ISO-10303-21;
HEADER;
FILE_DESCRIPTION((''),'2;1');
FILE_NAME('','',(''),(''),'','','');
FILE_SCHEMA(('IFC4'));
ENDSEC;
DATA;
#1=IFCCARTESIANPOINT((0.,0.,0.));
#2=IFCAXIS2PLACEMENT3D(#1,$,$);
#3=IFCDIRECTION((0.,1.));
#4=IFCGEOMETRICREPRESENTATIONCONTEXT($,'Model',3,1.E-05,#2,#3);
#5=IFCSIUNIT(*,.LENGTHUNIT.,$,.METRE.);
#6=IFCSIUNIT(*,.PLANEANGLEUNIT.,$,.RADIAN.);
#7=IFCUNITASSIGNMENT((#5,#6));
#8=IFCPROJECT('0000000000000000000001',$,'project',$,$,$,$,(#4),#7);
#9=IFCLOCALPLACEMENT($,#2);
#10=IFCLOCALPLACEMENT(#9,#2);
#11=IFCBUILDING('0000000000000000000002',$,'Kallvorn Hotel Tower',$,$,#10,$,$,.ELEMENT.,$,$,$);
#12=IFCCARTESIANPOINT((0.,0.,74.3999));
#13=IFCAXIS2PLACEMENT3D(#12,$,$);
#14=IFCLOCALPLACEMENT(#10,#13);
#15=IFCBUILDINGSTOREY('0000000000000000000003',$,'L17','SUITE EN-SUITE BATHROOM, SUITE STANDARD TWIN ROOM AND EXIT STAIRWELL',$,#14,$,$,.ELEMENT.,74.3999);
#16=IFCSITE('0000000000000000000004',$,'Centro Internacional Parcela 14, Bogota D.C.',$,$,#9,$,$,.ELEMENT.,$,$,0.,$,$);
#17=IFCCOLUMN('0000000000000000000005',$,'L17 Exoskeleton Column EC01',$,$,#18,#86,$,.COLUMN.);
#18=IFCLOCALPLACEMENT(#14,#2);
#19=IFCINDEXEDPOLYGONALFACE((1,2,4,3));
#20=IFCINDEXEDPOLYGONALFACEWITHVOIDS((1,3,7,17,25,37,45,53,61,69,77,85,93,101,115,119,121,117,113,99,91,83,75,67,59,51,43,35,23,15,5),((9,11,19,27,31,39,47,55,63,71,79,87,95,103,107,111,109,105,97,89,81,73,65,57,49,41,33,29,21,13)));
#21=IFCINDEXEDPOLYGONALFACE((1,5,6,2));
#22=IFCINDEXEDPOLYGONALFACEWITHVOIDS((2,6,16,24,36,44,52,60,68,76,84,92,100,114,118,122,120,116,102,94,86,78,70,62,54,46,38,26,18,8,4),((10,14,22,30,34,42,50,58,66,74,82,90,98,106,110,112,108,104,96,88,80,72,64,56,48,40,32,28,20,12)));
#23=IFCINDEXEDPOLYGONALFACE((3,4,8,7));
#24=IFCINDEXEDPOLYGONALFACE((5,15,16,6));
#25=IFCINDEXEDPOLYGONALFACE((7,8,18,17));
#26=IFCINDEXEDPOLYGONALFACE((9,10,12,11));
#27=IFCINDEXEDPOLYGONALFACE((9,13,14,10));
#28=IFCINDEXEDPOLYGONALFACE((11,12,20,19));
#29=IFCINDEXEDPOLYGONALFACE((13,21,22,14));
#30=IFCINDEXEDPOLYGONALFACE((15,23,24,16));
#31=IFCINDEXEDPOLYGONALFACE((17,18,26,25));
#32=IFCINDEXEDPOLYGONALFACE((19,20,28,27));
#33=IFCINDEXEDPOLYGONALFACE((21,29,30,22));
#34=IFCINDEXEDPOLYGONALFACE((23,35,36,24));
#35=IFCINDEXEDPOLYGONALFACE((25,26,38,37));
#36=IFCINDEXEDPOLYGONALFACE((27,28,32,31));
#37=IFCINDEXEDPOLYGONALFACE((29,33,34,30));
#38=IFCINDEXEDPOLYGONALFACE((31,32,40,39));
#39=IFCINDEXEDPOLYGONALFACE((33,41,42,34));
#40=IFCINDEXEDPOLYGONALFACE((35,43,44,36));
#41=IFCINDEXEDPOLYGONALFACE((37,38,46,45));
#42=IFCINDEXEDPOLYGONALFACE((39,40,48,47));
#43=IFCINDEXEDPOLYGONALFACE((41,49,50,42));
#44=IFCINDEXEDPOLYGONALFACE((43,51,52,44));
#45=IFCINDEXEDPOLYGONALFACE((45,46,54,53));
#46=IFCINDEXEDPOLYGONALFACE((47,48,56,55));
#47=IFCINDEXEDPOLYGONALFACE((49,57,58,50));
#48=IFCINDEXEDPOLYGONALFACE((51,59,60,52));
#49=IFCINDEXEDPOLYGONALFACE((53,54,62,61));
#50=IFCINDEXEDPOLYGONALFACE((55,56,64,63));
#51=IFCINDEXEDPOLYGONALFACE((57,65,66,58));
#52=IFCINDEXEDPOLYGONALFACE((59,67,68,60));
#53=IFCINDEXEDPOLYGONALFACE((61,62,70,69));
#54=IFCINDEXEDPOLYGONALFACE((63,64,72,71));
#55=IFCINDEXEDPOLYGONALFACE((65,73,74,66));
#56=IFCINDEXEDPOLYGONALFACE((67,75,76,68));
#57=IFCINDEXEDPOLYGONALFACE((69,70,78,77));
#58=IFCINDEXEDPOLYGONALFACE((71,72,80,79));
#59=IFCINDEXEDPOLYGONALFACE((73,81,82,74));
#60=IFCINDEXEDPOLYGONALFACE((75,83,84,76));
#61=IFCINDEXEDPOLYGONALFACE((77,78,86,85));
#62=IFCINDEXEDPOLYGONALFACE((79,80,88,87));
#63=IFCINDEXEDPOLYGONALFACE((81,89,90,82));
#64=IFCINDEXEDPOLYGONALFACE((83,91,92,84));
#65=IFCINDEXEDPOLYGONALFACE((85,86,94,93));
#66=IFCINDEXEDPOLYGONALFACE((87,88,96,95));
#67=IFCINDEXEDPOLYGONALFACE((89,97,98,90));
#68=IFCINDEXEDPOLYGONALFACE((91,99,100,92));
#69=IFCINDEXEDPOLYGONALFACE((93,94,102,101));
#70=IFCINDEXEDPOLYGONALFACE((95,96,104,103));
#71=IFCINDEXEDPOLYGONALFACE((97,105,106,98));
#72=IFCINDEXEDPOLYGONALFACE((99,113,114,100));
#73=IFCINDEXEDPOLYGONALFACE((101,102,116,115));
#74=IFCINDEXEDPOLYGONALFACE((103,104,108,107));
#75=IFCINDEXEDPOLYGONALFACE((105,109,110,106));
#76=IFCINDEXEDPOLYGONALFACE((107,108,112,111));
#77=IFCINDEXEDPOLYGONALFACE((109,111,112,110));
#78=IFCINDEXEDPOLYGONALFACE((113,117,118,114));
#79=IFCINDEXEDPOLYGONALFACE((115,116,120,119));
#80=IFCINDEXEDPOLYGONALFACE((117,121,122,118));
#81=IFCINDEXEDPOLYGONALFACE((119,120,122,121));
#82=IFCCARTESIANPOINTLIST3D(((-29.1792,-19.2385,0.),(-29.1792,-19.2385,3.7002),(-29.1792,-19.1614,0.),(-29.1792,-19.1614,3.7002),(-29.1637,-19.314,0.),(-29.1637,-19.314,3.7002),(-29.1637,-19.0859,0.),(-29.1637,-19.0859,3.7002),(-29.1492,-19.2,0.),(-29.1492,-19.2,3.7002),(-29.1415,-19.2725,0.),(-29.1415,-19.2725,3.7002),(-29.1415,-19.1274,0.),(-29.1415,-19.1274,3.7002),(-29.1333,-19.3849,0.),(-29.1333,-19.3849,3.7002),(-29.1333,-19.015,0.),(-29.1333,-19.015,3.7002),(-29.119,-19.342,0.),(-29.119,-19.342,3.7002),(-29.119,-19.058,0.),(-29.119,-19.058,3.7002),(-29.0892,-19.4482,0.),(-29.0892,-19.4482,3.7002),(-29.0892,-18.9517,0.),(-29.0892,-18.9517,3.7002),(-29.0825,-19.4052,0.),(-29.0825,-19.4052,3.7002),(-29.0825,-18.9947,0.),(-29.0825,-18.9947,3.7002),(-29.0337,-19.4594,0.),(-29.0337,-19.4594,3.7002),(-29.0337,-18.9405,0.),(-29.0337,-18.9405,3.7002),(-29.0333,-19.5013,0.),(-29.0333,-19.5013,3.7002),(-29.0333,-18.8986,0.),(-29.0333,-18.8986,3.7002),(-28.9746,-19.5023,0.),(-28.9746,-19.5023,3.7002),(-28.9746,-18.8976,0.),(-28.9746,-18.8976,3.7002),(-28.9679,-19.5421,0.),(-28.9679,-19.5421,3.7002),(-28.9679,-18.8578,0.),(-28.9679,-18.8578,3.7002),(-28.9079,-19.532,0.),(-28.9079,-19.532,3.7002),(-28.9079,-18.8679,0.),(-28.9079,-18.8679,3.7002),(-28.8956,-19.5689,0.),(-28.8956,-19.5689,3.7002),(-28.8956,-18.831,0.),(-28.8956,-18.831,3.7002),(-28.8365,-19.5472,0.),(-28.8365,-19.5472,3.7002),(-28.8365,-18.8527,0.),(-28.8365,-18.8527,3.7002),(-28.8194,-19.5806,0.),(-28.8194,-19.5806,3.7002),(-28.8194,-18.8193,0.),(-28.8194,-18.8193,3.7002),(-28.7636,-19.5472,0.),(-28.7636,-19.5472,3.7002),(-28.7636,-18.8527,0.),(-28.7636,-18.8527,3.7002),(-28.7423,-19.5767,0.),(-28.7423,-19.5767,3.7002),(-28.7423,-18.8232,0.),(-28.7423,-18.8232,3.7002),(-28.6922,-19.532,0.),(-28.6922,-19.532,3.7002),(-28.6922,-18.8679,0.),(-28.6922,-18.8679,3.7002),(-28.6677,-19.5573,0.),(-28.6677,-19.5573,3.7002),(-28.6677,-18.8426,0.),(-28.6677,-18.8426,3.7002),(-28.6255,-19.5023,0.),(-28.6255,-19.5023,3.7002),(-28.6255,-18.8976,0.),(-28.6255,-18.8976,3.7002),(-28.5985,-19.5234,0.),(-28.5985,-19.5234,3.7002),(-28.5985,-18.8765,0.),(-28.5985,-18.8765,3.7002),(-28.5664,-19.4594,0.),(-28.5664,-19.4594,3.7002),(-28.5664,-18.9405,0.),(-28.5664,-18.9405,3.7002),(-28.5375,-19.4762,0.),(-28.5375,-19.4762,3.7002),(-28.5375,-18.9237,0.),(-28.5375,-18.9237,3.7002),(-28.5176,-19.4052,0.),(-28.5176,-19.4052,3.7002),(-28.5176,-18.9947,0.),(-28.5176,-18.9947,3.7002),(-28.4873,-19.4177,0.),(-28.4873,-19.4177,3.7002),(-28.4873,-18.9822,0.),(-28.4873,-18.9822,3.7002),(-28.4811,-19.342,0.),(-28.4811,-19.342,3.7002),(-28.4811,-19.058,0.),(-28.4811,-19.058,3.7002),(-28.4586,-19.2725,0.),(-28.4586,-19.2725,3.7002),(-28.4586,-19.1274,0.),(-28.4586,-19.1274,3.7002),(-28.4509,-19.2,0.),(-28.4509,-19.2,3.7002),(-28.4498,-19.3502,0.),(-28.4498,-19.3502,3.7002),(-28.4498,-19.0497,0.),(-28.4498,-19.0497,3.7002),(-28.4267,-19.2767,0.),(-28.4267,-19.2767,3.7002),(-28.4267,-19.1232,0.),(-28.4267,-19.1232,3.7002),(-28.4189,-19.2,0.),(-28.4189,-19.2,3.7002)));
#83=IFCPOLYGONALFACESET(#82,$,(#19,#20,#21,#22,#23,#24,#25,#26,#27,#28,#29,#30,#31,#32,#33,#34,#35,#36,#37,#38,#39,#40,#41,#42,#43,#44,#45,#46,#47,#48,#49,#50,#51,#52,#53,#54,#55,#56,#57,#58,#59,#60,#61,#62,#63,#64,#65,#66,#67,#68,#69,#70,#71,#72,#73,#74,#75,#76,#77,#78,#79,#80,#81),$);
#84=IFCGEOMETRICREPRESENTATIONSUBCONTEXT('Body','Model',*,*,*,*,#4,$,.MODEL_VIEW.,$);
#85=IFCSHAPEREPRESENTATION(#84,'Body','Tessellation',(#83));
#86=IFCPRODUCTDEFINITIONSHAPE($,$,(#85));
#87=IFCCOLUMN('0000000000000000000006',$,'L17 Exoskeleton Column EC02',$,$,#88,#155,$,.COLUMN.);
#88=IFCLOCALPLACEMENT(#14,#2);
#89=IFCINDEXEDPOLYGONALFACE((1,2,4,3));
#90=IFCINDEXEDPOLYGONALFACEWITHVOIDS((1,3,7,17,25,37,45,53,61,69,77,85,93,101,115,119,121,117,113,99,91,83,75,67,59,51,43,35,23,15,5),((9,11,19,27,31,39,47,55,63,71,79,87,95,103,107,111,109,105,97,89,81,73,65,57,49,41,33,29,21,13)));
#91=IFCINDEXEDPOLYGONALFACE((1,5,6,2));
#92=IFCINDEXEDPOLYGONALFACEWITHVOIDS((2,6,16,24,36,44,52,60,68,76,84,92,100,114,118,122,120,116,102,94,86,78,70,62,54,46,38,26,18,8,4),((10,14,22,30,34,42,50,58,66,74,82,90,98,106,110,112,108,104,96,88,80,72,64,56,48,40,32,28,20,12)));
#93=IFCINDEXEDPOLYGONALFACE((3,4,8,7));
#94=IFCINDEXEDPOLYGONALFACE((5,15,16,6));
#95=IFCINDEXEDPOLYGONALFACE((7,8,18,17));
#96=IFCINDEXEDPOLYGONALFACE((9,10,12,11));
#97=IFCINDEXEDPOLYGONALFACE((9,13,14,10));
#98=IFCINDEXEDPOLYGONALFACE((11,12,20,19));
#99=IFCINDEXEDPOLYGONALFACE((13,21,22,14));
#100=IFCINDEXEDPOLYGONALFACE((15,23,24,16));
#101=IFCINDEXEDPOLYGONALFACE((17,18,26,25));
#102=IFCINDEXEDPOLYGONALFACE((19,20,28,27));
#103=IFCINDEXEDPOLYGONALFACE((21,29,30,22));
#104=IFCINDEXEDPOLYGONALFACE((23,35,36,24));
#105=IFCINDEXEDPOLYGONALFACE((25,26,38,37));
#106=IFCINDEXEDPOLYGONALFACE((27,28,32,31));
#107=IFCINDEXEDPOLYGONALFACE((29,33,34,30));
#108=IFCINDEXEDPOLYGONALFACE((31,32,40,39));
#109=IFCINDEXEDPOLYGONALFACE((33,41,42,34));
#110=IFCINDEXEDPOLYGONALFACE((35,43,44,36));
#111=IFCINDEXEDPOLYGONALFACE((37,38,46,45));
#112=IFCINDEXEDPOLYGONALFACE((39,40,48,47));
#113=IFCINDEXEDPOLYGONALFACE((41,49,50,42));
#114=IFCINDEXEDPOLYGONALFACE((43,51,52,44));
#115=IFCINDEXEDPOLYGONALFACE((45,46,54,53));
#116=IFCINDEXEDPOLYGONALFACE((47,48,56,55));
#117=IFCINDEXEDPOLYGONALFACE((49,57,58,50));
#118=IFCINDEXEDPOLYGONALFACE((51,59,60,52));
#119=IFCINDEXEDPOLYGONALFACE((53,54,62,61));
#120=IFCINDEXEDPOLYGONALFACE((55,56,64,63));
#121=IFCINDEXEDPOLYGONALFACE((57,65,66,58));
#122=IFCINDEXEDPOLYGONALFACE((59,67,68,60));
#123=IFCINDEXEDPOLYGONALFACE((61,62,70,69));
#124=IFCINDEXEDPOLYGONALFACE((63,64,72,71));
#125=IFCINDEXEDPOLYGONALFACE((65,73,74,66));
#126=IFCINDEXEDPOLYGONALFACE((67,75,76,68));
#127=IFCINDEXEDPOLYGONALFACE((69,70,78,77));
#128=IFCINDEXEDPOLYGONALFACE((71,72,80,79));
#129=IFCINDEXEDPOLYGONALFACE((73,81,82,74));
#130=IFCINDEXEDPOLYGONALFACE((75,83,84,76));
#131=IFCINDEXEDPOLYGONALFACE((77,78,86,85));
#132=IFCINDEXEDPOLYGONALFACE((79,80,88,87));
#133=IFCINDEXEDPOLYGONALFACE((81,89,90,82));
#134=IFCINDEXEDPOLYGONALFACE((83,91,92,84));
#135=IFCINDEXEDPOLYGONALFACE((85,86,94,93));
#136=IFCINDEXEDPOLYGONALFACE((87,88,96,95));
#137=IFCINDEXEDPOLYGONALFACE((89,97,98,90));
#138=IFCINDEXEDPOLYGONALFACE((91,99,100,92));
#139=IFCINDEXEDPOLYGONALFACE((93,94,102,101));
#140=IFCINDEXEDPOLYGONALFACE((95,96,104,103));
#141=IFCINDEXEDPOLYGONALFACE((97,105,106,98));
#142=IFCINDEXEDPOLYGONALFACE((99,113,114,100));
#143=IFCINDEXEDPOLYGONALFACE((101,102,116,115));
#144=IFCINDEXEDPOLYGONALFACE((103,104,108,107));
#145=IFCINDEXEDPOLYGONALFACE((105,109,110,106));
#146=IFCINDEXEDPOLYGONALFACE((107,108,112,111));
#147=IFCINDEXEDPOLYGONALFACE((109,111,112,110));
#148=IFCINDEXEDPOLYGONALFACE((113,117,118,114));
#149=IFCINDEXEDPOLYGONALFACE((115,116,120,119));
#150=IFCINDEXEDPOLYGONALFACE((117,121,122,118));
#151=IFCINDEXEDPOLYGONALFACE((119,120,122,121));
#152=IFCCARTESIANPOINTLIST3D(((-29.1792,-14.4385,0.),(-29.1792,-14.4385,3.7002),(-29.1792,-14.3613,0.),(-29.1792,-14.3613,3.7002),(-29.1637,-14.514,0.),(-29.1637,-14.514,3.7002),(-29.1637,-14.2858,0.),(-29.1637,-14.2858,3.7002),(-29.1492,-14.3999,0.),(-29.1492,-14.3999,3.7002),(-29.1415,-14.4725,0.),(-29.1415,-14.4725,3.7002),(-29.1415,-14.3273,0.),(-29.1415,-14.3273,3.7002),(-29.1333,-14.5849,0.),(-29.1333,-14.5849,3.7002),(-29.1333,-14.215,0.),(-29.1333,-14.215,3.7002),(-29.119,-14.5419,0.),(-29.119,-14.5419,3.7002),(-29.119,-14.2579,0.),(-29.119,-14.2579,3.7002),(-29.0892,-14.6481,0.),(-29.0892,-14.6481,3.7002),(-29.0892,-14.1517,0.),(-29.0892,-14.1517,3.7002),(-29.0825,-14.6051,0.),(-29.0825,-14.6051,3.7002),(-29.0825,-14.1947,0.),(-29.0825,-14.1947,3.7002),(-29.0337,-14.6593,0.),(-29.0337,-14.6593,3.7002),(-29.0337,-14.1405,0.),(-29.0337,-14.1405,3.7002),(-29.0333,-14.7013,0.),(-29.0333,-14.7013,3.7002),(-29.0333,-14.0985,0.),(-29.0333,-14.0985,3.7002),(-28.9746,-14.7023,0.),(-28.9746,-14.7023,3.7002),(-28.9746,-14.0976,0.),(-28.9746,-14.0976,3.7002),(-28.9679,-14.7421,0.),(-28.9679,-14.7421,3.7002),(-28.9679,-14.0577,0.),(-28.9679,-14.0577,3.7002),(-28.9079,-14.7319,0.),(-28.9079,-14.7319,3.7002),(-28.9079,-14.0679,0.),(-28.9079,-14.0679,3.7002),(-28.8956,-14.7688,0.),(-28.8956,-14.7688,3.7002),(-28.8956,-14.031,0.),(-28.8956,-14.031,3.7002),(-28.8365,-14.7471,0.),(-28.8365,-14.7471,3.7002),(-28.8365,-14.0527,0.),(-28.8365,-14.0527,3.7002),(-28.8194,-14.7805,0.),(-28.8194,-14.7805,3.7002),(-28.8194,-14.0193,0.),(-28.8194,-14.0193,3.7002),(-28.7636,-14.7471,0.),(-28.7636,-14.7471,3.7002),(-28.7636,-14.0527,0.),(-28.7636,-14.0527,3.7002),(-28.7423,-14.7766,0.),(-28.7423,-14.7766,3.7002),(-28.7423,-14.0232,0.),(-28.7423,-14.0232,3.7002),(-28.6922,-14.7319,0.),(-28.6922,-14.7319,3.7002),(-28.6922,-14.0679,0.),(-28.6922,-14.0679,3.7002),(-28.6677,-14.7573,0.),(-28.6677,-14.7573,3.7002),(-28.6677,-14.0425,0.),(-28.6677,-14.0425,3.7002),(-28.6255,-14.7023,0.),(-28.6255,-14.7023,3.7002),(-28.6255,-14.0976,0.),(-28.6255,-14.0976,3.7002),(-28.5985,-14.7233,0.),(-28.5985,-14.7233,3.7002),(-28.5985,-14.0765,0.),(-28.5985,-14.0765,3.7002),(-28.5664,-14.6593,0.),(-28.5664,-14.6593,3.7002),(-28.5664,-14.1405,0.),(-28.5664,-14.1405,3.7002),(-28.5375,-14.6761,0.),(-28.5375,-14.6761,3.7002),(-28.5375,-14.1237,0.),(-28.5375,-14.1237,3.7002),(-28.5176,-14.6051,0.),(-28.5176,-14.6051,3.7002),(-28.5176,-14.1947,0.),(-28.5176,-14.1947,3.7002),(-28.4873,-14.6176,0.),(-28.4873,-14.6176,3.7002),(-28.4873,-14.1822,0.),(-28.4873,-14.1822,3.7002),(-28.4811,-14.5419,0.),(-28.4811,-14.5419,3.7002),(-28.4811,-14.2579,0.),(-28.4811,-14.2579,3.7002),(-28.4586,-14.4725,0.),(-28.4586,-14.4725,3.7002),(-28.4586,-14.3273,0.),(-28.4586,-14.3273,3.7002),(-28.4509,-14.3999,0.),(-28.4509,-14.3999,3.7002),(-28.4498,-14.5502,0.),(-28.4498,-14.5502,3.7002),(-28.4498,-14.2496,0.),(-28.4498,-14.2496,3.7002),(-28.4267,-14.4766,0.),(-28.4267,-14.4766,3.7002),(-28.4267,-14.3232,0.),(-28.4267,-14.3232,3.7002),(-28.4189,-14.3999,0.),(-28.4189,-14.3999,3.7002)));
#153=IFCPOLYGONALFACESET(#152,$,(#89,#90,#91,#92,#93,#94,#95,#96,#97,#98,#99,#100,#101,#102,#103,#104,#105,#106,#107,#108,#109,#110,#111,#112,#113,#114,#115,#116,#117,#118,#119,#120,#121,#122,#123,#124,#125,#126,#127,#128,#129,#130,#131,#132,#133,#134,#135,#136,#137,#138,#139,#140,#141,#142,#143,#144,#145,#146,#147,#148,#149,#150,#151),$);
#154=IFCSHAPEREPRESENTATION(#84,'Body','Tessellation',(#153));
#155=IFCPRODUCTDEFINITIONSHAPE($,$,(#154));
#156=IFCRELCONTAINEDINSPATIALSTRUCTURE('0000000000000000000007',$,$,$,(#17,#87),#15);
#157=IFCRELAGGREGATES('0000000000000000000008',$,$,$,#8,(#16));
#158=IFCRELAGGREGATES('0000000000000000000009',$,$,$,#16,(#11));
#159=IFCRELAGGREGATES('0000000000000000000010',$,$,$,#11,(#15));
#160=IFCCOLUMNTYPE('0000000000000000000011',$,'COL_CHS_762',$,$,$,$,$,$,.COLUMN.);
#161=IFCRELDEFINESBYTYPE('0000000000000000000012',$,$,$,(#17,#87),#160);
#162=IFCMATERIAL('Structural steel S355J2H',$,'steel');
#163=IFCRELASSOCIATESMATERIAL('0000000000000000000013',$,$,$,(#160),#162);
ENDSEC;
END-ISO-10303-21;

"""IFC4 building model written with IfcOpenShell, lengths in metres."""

from ifc_helpers import new_model, si_unit, direction, frame, origin, origin_2d, place, context, subcontext, project, spatial, hollow_circle, extrude, material, material_profile, profile_set, type_object, element, save


model = new_model("IFC4")

# Units and contexts
model_context = context("Model", 3, precision=1e-05, world=origin(), true_north=direction((0.0, 1.0)))
body_context = subcontext(model_context, "Body", "Model", "MODEL_VIEW")
ifc_project = project(units=[si_unit("LENGTHUNIT", "METRE"), si_unit("PLANEANGLEUNIT", "RADIAN")], contexts=[model_context])

# Site, building, storey
site_placement = place(None, origin())
site = spatial("IfcSite", under=ifc_project, at=site_placement, Name="Centro Internacional Parcela 14, Bogota D.C.", CompositionType="ELEMENT", RefElevation=0.0)
building_placement = place(site_placement, origin())
building = spatial("IfcBuilding", under=site, at=building_placement, Name="Kallvorn Hotel Tower", CompositionType="ELEMENT")
storey_placement = place(building_placement, frame((0.0, 0.0, 74.3999)))
storey = spatial("IfcBuildingStorey", under=building, at=storey_placement, Name="L17", Description="SUITE EN-SUITE BATHROOM, SUITE STANDARD TWIN ROOM AND EXIT STAIRWELL", CompositionType="ELEMENT", Elevation=74.3999)

# Columns
ifc_material_1 = material(Name="Structural steel S355J2H", Category="steel")
ifc_material_profile_1 = material_profile(ifc_material_1, hollow_circle(Radius=0.3811, WallThickness=0.032, at=origin_2d()), Name="CHS 762x32")
ifc_profile_set_1 = profile_set([ifc_material_profile_1], Name="Structural steel S355J2H")
column_type = type_object("IfcColumnType", Name="COL_CHS_762", PredefinedType="COLUMN", material=ifc_profile_set_1)
for number, where, z_axis, x_axis, name in (
    (1, (-28.8, -19.2, 0.0), (0.0, 0.0, 1.0), (1.0, 0.0, 0.0), "L17 Exoskeleton Column EC01"),
    (2, (-28.8, -14.3999, 0.0), (0.0, 0.0, 1.0), (1.0, 0.0, 0.0), "L17 Exoskeleton Column EC02"),
):
    element("IfcColumn", number, at=place(storey_placement, frame(where, z_axis=z_axis, x_axis=x_axis)), inside=storey, type_object=column_type, Name=name, PredefinedType="COLUMN", context=body_context, shape_type="SweptSolid", body=[
        extrude(hollow_circle(Radius=0.3811, WallThickness=0.032, at=origin_2d()), origin(), (0.0, 0.0, 1.0), 3.7002),
    ])

save(model, "model.ifc")
